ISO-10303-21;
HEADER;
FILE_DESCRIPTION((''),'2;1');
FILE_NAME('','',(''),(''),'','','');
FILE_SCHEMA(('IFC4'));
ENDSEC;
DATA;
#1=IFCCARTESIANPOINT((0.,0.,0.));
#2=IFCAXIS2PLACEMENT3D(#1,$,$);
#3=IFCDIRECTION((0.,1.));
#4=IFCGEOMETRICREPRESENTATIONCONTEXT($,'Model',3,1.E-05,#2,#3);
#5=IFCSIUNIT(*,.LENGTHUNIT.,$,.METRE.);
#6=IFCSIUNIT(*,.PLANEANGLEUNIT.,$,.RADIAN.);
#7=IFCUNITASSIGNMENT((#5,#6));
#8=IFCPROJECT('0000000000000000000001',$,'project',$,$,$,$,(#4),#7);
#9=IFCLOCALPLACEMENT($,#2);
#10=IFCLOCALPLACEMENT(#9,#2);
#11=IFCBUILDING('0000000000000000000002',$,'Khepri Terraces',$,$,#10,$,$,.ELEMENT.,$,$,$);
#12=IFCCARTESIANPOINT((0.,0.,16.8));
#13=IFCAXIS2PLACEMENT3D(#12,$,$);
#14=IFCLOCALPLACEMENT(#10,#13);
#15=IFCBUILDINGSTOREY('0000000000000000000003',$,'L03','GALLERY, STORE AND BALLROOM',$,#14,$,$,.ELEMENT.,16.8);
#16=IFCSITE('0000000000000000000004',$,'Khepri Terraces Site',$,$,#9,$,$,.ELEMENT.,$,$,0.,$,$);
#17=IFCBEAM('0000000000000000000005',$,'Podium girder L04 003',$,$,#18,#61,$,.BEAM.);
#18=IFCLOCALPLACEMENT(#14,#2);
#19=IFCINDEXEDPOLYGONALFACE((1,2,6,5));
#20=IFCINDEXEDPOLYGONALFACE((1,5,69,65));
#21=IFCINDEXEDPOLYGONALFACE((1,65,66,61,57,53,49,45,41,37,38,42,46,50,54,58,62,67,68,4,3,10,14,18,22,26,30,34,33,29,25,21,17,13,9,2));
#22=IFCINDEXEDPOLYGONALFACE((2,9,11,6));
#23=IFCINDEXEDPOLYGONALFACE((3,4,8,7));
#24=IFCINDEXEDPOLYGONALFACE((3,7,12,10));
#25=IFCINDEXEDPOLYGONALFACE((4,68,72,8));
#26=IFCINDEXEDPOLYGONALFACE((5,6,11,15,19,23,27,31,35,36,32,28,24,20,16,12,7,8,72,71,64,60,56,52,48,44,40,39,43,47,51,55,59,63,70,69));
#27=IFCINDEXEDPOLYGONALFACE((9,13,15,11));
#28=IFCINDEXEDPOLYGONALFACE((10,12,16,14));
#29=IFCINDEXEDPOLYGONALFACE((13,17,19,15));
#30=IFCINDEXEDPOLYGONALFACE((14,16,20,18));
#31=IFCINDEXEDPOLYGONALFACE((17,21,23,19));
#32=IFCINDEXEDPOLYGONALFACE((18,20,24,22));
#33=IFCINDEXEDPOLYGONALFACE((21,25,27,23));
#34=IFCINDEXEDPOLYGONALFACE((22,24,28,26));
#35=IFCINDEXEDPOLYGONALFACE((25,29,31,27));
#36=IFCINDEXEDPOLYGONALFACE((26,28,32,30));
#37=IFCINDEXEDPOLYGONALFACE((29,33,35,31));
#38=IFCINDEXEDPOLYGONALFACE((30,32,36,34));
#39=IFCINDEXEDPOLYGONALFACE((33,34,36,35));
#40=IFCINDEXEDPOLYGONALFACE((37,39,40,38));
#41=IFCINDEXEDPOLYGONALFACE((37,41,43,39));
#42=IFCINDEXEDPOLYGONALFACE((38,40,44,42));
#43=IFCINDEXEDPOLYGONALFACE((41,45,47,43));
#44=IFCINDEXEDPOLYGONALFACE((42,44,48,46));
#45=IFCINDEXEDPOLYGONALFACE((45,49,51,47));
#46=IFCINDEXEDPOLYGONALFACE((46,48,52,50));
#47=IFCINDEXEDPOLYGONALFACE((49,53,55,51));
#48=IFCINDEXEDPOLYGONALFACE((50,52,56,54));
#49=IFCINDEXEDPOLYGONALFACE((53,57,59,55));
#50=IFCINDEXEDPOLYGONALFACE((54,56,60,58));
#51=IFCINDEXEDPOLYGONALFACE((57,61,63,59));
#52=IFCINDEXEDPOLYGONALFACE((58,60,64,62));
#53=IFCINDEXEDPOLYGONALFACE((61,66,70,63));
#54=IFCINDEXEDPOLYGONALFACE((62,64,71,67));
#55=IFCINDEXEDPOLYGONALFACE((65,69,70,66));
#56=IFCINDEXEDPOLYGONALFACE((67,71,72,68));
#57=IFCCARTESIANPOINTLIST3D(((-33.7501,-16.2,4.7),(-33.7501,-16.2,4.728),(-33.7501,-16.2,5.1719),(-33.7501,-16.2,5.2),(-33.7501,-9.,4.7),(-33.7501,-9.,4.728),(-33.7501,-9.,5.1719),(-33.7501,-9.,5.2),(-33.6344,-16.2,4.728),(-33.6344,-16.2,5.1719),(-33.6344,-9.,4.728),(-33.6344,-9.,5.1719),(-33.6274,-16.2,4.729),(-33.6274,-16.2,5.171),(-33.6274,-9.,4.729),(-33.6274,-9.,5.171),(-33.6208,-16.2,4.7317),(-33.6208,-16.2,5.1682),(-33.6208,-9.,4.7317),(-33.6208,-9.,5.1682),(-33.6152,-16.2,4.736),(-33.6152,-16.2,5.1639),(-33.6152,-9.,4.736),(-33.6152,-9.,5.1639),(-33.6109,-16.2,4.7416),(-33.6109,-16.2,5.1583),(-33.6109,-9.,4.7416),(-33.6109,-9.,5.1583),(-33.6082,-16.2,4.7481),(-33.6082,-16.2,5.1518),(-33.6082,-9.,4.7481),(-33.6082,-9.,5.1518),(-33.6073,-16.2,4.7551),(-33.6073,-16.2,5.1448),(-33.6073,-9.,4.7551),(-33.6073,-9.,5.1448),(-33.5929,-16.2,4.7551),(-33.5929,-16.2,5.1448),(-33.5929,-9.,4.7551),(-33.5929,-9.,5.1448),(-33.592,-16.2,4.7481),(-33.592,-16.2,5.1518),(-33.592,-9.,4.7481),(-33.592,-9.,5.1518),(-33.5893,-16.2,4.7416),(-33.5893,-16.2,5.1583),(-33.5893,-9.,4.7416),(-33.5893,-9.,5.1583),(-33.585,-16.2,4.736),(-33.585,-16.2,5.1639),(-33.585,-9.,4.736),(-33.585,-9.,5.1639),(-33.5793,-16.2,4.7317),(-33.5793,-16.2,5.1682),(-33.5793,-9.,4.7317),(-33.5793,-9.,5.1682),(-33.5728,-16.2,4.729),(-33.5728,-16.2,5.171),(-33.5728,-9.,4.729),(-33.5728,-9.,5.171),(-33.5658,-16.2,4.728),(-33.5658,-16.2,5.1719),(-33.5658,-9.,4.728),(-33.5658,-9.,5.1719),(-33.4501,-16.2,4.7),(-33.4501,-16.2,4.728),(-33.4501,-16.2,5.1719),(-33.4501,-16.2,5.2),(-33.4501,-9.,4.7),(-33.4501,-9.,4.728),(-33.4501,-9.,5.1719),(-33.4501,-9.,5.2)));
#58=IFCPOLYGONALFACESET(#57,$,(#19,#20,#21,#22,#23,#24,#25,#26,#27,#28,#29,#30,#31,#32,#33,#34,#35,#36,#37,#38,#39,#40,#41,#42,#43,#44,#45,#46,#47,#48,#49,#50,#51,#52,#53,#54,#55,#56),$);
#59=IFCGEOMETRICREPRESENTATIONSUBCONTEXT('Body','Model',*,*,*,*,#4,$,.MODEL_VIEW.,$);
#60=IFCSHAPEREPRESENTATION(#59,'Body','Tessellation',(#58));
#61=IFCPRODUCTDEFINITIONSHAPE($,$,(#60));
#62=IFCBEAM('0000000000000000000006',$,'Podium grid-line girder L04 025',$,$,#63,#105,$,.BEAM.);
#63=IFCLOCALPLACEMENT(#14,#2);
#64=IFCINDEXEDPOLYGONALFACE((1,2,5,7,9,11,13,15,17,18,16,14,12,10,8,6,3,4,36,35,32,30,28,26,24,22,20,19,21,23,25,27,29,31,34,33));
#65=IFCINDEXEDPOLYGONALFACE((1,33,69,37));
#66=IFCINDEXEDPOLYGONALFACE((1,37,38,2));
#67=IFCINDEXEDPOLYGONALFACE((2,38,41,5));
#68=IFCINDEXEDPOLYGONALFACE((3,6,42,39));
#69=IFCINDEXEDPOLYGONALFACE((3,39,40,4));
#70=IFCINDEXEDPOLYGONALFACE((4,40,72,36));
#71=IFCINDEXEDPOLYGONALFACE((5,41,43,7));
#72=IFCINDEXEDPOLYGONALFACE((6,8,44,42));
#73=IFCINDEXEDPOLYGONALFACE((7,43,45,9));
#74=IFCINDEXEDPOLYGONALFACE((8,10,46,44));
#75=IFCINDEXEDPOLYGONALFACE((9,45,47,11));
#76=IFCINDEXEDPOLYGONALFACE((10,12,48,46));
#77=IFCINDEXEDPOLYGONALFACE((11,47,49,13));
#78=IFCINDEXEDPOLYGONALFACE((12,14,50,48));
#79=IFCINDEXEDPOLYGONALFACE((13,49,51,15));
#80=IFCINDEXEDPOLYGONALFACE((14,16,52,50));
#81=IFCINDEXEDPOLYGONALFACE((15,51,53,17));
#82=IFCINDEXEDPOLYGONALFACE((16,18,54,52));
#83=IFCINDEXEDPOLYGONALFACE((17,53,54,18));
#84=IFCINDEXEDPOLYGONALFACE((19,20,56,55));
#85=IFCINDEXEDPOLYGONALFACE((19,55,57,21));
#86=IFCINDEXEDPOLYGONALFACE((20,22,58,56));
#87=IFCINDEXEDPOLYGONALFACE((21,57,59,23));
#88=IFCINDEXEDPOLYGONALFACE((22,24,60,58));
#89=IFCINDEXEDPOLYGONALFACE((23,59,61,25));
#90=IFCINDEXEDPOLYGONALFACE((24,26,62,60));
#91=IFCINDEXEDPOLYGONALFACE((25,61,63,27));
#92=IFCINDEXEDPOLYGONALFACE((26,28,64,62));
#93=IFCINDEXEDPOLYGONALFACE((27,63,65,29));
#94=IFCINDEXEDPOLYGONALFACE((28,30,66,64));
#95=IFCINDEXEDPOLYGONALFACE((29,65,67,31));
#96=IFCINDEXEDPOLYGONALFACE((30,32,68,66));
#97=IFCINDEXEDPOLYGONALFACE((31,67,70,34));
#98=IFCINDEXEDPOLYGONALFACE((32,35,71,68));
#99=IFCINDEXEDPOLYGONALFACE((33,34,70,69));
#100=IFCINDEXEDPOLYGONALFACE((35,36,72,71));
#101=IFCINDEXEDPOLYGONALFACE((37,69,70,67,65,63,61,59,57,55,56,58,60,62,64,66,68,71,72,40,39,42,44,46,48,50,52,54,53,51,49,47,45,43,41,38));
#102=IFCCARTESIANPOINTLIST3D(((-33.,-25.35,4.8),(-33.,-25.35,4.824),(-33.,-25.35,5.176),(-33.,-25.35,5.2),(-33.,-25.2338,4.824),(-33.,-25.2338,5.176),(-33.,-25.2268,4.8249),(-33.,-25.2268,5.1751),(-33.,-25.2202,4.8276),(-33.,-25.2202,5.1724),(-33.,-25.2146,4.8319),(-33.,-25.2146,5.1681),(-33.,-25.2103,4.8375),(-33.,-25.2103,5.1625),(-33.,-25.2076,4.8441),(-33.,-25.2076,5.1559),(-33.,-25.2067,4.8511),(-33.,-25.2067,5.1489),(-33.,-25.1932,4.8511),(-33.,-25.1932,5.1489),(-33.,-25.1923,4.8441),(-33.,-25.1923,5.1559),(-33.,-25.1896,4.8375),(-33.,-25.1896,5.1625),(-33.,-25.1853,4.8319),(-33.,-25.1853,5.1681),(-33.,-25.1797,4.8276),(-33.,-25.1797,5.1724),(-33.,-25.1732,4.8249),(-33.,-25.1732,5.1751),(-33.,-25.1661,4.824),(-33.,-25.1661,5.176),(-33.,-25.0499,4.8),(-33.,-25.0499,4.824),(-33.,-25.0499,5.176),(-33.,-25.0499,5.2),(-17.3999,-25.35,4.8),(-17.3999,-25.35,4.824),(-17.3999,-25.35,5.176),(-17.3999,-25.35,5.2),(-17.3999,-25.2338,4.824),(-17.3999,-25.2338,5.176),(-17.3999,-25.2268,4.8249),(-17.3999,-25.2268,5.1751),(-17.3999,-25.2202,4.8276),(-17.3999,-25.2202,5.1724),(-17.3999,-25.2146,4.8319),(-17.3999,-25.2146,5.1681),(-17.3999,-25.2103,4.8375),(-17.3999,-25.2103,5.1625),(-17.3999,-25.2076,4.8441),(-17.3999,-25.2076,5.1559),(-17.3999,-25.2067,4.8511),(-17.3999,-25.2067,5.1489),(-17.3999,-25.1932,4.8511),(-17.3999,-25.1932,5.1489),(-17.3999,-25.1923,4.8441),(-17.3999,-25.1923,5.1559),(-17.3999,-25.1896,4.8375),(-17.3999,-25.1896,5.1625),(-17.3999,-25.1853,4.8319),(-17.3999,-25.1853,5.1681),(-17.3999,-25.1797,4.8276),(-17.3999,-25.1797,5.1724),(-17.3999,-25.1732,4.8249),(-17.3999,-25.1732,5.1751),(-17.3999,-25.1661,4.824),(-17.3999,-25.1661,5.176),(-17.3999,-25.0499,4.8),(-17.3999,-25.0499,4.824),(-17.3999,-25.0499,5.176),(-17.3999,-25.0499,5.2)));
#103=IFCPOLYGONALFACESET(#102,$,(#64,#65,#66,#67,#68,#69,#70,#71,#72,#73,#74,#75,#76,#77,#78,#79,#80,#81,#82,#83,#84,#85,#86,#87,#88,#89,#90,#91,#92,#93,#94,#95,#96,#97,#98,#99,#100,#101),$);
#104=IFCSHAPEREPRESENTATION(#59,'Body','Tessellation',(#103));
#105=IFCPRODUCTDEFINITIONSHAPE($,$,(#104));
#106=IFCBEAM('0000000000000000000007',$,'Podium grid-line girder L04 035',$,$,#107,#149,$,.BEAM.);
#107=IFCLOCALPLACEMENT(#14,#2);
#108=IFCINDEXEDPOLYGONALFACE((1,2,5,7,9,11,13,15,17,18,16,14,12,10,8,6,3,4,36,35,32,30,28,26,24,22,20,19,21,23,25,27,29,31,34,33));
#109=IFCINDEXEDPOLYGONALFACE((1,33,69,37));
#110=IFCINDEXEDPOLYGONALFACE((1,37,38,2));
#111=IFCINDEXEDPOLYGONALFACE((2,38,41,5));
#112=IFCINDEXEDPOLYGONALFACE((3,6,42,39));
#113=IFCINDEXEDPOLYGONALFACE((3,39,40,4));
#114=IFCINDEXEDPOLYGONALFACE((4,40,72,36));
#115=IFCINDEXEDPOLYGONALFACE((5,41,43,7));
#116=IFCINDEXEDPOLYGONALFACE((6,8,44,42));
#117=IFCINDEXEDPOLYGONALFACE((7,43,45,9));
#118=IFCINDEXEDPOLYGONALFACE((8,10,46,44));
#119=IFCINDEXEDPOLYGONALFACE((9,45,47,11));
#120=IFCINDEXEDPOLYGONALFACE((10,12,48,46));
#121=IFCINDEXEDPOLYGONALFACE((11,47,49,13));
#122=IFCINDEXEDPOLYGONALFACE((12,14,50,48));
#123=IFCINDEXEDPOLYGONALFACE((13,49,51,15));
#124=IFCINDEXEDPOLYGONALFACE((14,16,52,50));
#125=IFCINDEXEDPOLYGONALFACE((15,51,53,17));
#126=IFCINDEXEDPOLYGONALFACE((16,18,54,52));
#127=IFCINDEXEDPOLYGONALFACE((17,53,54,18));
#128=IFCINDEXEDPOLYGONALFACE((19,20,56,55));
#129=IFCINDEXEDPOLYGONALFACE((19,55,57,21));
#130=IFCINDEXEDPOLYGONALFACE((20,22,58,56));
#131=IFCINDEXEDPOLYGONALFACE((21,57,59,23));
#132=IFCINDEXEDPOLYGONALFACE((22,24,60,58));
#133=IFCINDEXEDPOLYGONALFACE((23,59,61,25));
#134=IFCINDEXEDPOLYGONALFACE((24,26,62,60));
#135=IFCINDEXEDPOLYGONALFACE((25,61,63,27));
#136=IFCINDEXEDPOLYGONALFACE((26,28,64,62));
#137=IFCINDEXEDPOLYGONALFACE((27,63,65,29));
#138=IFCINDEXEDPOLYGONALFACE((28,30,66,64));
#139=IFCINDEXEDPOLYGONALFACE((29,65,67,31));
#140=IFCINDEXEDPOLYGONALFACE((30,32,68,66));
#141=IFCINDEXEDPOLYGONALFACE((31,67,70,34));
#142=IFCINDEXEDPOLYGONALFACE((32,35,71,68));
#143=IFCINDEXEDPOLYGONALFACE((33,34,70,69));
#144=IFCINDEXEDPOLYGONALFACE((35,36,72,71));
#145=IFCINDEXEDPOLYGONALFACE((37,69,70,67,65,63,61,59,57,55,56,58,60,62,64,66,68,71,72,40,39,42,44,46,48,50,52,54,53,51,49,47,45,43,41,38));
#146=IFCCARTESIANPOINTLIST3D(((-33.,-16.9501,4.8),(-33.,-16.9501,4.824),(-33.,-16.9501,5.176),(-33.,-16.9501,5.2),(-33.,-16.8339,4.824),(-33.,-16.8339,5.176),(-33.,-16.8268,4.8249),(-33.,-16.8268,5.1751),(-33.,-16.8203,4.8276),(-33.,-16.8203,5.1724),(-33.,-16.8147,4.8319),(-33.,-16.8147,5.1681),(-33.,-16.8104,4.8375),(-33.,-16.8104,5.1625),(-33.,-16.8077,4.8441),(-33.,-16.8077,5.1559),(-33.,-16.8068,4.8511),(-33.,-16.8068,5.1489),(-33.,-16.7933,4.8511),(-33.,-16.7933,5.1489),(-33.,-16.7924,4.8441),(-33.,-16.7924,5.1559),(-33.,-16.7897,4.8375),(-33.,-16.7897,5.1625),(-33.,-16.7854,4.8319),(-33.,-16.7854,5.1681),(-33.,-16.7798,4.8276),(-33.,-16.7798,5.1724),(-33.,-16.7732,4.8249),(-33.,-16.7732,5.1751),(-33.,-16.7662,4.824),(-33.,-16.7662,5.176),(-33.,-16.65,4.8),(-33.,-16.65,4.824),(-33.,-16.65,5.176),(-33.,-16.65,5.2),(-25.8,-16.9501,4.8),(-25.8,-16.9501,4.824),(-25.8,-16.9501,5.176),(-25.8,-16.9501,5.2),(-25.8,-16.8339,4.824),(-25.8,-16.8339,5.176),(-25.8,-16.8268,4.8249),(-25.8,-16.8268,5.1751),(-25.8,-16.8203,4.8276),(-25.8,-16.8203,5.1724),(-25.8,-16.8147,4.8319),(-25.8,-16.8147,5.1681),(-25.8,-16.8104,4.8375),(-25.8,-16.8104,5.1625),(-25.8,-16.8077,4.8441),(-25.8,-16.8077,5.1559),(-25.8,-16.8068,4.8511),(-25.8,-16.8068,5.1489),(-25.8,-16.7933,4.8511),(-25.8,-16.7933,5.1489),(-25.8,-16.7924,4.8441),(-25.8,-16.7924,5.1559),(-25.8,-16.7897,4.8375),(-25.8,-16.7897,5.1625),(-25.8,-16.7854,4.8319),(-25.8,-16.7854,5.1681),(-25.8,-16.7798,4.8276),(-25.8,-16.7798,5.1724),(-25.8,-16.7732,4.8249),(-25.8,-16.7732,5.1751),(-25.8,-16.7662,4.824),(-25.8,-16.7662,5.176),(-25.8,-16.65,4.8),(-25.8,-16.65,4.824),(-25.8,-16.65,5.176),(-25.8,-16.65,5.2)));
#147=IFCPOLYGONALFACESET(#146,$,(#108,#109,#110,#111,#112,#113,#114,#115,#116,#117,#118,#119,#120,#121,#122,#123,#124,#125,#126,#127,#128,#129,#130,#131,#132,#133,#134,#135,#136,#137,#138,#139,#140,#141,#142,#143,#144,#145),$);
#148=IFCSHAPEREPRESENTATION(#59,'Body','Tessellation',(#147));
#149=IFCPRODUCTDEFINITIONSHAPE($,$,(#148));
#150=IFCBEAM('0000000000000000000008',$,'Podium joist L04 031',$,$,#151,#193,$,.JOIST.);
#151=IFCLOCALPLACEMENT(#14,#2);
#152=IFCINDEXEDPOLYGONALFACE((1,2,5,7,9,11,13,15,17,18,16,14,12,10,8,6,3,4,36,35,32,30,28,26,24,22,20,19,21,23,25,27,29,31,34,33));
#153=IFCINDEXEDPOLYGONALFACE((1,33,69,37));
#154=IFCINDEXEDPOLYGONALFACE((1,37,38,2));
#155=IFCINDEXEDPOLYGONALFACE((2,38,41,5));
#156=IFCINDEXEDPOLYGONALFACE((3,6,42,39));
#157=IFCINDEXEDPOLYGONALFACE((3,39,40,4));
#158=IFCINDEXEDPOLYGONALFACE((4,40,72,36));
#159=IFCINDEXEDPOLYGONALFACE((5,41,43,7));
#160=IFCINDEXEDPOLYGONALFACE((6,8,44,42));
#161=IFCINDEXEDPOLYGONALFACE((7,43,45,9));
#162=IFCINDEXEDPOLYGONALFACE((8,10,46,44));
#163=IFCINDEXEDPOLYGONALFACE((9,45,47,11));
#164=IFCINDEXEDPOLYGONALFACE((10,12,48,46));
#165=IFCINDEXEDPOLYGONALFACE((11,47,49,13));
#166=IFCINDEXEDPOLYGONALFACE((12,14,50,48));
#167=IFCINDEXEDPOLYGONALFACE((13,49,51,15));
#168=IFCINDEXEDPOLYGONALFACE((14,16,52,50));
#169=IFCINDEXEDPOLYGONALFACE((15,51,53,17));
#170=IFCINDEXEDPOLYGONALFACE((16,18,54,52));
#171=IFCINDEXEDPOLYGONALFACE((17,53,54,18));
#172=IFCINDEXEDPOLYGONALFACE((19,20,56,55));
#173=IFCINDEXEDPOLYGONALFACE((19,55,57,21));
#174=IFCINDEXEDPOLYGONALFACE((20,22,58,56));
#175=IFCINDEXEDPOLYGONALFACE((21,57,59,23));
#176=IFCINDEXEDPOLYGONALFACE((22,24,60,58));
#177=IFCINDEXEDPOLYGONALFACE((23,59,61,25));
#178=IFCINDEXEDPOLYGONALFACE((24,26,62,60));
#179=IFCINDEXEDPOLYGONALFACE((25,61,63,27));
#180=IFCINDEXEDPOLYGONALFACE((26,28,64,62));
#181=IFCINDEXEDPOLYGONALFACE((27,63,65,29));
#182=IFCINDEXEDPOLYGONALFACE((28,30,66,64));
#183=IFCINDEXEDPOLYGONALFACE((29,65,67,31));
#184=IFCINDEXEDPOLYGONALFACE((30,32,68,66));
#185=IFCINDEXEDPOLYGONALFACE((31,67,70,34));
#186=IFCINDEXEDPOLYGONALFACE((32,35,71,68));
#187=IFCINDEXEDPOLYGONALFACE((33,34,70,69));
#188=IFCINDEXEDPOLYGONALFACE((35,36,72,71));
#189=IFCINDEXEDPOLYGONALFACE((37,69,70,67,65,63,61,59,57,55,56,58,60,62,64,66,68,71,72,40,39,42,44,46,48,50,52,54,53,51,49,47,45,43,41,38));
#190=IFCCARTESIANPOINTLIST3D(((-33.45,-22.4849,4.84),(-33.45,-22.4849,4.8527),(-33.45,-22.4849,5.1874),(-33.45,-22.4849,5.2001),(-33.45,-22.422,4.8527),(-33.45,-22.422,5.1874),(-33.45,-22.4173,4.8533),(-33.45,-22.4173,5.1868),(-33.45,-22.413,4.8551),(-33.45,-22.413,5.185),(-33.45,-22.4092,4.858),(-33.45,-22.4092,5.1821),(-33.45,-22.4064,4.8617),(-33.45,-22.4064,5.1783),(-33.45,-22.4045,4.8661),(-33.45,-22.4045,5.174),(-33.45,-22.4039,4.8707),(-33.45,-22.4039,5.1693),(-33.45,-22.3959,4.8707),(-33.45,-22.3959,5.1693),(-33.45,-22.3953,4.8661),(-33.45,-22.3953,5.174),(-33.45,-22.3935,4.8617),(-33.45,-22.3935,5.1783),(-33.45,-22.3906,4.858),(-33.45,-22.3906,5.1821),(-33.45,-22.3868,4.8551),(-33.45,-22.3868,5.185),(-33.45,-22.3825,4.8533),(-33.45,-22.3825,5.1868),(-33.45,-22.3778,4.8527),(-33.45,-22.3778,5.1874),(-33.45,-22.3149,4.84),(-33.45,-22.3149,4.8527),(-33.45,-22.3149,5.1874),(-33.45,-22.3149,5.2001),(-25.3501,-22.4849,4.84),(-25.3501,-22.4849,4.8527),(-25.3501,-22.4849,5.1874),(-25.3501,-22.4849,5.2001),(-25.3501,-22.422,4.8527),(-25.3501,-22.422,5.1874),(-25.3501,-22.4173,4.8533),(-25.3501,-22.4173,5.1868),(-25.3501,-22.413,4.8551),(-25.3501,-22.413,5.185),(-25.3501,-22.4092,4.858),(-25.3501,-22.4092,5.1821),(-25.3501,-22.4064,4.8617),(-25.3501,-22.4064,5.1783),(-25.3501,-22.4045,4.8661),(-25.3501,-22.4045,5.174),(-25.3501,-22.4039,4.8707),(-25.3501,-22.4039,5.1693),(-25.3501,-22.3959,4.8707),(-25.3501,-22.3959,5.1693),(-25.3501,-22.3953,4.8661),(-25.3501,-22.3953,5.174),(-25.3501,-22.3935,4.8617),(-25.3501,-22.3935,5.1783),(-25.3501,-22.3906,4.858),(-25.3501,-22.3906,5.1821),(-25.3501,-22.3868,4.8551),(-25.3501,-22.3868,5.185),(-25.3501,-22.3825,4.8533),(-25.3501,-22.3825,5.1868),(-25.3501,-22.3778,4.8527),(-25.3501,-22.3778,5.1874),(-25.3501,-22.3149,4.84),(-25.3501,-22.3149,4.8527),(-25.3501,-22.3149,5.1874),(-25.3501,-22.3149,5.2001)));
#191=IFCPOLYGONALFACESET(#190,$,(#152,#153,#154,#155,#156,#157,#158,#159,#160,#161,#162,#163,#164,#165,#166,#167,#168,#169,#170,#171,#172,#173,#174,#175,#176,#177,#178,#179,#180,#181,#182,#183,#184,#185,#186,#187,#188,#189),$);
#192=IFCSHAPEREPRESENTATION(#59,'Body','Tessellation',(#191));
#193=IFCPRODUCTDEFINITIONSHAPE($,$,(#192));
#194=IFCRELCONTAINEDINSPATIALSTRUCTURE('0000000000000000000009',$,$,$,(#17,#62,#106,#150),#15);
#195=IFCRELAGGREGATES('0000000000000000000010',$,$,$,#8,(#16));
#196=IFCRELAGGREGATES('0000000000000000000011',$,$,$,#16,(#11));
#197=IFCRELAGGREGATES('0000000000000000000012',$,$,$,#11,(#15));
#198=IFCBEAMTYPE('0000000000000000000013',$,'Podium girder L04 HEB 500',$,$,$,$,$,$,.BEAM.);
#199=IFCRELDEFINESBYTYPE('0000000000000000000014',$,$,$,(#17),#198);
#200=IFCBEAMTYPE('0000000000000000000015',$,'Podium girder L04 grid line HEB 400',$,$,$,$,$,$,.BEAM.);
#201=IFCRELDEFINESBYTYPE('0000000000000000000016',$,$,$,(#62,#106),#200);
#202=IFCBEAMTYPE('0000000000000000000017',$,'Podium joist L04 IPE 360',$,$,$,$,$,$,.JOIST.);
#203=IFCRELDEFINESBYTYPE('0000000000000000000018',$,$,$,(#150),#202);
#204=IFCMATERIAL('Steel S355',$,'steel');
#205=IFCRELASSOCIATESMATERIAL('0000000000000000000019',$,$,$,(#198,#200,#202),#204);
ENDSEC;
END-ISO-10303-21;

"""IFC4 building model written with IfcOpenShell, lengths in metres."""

from ifc_helpers import new_model, si_unit, direction, frame, origin, origin_2d, place, context, subcontext, project, spatial, i_section, extrude, material, material_profile, profile_set, type_object, element, save


model = new_model("IFC4")

# Units and contexts
model_context = context("Model", 3, precision=1e-05, world=origin(), true_north=direction((0.0, 1.0)))
body_context = subcontext(model_context, "Body", "Model", "MODEL_VIEW")
ifc_project = project(units=[si_unit("LENGTHUNIT", "METRE"), si_unit("PLANEANGLEUNIT", "RADIAN")], contexts=[model_context])

# Site, building, storey
site_placement = place(None, origin())
site = spatial("IfcSite", under=ifc_project, at=site_placement, Name="Khepri Terraces Site", CompositionType="ELEMENT", RefElevation=0.0)
building_placement = place(site_placement, origin())
building = spatial("IfcBuilding", under=site, at=building_placement, Name="Khepri Terraces", CompositionType="ELEMENT")
storey_placement = place(building_placement, frame((0.0, 0.0, 16.8)))
storey = spatial("IfcBuildingStorey", under=building, at=storey_placement, Name="L03", Description="GALLERY, STORE AND BALLROOM", CompositionType="ELEMENT", Elevation=16.8)

# Beams
ifc_material_1 = material(Name="Steel S355", Category="steel")
ifc_material_profile_1 = material_profile(ifc_material_1, i_section(OverallWidth=0.3, OverallDepth=0.5, WebThickness=0.0144, FlangeThickness=0.0281, FilletRadius=0.0271, at=origin_2d()), Name="Steel S355", Category="steel")
ifc_profile_set_1 = profile_set([ifc_material_profile_1], Name="Steel S355")
beam_type_1 = type_object("IfcBeamType", Name="Podium girder L04 HEB 500", PredefinedType="BEAM", material=ifc_profile_set_1)
beam_1_placement = place(storey_placement, frame((-33.6001, -16.2, 4.95), z_axis=(0.0, 1.0, 0.0), x_axis=(-1.0, 0.0, 0.0)))
element("IfcBeam", 1, at=beam_1_placement, inside=storey, type_object=beam_type_1, Name="Podium girder L04 003", PredefinedType="BEAM", context=body_context, shape_type="SweptSolid", body=[
    extrude(i_section(OverallWidth=0.3, OverallDepth=0.5, WebThickness=0.0144, FlangeThickness=0.0281, FilletRadius=0.0271, at=origin_2d()), origin(), (0.0, 0.0, 1.0), 7.2),
])
ifc_material_profile_2 = material_profile(ifc_material_1, i_section(OverallWidth=0.3, OverallDepth=0.3999, WebThickness=0.0134, FlangeThickness=0.0239, FilletRadius=0.0271, at=origin_2d()), Name="Steel S355", Category="steel")
ifc_profile_set_2 = profile_set([ifc_material_profile_2], Name="Steel S355")
beam_type_2 = type_object("IfcBeamType", Name="Podium girder L04 grid line HEB 400", PredefinedType="BEAM", material=ifc_profile_set_2)
beam_2_placement = place(storey_placement, frame((-33.0, -25.2, 5.0), z_axis=(1.0, 0.0, 0.0), x_axis=(0.0, 1.0, 0.0)))
element("IfcBeam", 2, at=beam_2_placement, inside=storey, type_object=beam_type_2, Name="Podium grid-line girder L04 025", PredefinedType="BEAM", context=body_context, shape_type="SweptSolid", body=[
    extrude(i_section(OverallWidth=0.3, OverallDepth=0.3999, WebThickness=0.0134, FlangeThickness=0.0239, FilletRadius=0.0271, at=origin_2d()), origin(), (0.0, 0.0, 1.0), 15.6001),
])
beam_3_placement = place(storey_placement, frame((-33.0, -16.8, 5.0), z_axis=(1.0, 0.0, 0.0), x_axis=(0.0, 1.0, 0.0)))
element("IfcBeam", 3, at=beam_3_placement, inside=storey, type_object=beam_type_2, Name="Podium grid-line girder L04 035", PredefinedType="BEAM", context=body_context, shape_type="SweptSolid", body=[
    extrude(i_section(OverallWidth=0.3, OverallDepth=0.3999, WebThickness=0.0134, FlangeThickness=0.0239, FilletRadius=0.0271, at=origin_2d()), origin(), (0.0, 0.0, 1.0), 7.2),
])
ifc_material_profile_3 = material_profile(ifc_material_1, i_section(OverallWidth=0.1699, OverallDepth=0.3601, WebThickness=0.0081, FlangeThickness=0.0127, FilletRadius=0.0181, at=origin_2d()), Name="Steel S355", Category="steel")
ifc_profile_set_3 = profile_set([ifc_material_profile_3], Name="Steel S355")
beam_type_3 = type_object("IfcBeamType", Name="Podium joist L04 IPE 360", PredefinedType="JOIST", material=ifc_profile_set_3)
for number, where, z_axis, x_axis, name in (
    (4, (-33.45, -22.3999, 5.02), (1.0, 0.0, 0.0), (0.0, 1.0, 0.0), "Podium joist L04 031"),
):
    element("IfcBeam", number, at=place(storey_placement, frame(where, z_axis=z_axis, x_axis=x_axis)), inside=storey, type_object=beam_type_3, Name=name, PredefinedType="JOIST", context=body_context, shape_type="SweptSolid", body=[
        extrude(i_section(OverallWidth=0.1699, OverallDepth=0.3601, WebThickness=0.0081, FlangeThickness=0.0127, FilletRadius=0.0181, at=origin_2d()), origin(), (0.0, 0.0, 1.0), 8.0999),
    ])

save(model, "model.ifc")
